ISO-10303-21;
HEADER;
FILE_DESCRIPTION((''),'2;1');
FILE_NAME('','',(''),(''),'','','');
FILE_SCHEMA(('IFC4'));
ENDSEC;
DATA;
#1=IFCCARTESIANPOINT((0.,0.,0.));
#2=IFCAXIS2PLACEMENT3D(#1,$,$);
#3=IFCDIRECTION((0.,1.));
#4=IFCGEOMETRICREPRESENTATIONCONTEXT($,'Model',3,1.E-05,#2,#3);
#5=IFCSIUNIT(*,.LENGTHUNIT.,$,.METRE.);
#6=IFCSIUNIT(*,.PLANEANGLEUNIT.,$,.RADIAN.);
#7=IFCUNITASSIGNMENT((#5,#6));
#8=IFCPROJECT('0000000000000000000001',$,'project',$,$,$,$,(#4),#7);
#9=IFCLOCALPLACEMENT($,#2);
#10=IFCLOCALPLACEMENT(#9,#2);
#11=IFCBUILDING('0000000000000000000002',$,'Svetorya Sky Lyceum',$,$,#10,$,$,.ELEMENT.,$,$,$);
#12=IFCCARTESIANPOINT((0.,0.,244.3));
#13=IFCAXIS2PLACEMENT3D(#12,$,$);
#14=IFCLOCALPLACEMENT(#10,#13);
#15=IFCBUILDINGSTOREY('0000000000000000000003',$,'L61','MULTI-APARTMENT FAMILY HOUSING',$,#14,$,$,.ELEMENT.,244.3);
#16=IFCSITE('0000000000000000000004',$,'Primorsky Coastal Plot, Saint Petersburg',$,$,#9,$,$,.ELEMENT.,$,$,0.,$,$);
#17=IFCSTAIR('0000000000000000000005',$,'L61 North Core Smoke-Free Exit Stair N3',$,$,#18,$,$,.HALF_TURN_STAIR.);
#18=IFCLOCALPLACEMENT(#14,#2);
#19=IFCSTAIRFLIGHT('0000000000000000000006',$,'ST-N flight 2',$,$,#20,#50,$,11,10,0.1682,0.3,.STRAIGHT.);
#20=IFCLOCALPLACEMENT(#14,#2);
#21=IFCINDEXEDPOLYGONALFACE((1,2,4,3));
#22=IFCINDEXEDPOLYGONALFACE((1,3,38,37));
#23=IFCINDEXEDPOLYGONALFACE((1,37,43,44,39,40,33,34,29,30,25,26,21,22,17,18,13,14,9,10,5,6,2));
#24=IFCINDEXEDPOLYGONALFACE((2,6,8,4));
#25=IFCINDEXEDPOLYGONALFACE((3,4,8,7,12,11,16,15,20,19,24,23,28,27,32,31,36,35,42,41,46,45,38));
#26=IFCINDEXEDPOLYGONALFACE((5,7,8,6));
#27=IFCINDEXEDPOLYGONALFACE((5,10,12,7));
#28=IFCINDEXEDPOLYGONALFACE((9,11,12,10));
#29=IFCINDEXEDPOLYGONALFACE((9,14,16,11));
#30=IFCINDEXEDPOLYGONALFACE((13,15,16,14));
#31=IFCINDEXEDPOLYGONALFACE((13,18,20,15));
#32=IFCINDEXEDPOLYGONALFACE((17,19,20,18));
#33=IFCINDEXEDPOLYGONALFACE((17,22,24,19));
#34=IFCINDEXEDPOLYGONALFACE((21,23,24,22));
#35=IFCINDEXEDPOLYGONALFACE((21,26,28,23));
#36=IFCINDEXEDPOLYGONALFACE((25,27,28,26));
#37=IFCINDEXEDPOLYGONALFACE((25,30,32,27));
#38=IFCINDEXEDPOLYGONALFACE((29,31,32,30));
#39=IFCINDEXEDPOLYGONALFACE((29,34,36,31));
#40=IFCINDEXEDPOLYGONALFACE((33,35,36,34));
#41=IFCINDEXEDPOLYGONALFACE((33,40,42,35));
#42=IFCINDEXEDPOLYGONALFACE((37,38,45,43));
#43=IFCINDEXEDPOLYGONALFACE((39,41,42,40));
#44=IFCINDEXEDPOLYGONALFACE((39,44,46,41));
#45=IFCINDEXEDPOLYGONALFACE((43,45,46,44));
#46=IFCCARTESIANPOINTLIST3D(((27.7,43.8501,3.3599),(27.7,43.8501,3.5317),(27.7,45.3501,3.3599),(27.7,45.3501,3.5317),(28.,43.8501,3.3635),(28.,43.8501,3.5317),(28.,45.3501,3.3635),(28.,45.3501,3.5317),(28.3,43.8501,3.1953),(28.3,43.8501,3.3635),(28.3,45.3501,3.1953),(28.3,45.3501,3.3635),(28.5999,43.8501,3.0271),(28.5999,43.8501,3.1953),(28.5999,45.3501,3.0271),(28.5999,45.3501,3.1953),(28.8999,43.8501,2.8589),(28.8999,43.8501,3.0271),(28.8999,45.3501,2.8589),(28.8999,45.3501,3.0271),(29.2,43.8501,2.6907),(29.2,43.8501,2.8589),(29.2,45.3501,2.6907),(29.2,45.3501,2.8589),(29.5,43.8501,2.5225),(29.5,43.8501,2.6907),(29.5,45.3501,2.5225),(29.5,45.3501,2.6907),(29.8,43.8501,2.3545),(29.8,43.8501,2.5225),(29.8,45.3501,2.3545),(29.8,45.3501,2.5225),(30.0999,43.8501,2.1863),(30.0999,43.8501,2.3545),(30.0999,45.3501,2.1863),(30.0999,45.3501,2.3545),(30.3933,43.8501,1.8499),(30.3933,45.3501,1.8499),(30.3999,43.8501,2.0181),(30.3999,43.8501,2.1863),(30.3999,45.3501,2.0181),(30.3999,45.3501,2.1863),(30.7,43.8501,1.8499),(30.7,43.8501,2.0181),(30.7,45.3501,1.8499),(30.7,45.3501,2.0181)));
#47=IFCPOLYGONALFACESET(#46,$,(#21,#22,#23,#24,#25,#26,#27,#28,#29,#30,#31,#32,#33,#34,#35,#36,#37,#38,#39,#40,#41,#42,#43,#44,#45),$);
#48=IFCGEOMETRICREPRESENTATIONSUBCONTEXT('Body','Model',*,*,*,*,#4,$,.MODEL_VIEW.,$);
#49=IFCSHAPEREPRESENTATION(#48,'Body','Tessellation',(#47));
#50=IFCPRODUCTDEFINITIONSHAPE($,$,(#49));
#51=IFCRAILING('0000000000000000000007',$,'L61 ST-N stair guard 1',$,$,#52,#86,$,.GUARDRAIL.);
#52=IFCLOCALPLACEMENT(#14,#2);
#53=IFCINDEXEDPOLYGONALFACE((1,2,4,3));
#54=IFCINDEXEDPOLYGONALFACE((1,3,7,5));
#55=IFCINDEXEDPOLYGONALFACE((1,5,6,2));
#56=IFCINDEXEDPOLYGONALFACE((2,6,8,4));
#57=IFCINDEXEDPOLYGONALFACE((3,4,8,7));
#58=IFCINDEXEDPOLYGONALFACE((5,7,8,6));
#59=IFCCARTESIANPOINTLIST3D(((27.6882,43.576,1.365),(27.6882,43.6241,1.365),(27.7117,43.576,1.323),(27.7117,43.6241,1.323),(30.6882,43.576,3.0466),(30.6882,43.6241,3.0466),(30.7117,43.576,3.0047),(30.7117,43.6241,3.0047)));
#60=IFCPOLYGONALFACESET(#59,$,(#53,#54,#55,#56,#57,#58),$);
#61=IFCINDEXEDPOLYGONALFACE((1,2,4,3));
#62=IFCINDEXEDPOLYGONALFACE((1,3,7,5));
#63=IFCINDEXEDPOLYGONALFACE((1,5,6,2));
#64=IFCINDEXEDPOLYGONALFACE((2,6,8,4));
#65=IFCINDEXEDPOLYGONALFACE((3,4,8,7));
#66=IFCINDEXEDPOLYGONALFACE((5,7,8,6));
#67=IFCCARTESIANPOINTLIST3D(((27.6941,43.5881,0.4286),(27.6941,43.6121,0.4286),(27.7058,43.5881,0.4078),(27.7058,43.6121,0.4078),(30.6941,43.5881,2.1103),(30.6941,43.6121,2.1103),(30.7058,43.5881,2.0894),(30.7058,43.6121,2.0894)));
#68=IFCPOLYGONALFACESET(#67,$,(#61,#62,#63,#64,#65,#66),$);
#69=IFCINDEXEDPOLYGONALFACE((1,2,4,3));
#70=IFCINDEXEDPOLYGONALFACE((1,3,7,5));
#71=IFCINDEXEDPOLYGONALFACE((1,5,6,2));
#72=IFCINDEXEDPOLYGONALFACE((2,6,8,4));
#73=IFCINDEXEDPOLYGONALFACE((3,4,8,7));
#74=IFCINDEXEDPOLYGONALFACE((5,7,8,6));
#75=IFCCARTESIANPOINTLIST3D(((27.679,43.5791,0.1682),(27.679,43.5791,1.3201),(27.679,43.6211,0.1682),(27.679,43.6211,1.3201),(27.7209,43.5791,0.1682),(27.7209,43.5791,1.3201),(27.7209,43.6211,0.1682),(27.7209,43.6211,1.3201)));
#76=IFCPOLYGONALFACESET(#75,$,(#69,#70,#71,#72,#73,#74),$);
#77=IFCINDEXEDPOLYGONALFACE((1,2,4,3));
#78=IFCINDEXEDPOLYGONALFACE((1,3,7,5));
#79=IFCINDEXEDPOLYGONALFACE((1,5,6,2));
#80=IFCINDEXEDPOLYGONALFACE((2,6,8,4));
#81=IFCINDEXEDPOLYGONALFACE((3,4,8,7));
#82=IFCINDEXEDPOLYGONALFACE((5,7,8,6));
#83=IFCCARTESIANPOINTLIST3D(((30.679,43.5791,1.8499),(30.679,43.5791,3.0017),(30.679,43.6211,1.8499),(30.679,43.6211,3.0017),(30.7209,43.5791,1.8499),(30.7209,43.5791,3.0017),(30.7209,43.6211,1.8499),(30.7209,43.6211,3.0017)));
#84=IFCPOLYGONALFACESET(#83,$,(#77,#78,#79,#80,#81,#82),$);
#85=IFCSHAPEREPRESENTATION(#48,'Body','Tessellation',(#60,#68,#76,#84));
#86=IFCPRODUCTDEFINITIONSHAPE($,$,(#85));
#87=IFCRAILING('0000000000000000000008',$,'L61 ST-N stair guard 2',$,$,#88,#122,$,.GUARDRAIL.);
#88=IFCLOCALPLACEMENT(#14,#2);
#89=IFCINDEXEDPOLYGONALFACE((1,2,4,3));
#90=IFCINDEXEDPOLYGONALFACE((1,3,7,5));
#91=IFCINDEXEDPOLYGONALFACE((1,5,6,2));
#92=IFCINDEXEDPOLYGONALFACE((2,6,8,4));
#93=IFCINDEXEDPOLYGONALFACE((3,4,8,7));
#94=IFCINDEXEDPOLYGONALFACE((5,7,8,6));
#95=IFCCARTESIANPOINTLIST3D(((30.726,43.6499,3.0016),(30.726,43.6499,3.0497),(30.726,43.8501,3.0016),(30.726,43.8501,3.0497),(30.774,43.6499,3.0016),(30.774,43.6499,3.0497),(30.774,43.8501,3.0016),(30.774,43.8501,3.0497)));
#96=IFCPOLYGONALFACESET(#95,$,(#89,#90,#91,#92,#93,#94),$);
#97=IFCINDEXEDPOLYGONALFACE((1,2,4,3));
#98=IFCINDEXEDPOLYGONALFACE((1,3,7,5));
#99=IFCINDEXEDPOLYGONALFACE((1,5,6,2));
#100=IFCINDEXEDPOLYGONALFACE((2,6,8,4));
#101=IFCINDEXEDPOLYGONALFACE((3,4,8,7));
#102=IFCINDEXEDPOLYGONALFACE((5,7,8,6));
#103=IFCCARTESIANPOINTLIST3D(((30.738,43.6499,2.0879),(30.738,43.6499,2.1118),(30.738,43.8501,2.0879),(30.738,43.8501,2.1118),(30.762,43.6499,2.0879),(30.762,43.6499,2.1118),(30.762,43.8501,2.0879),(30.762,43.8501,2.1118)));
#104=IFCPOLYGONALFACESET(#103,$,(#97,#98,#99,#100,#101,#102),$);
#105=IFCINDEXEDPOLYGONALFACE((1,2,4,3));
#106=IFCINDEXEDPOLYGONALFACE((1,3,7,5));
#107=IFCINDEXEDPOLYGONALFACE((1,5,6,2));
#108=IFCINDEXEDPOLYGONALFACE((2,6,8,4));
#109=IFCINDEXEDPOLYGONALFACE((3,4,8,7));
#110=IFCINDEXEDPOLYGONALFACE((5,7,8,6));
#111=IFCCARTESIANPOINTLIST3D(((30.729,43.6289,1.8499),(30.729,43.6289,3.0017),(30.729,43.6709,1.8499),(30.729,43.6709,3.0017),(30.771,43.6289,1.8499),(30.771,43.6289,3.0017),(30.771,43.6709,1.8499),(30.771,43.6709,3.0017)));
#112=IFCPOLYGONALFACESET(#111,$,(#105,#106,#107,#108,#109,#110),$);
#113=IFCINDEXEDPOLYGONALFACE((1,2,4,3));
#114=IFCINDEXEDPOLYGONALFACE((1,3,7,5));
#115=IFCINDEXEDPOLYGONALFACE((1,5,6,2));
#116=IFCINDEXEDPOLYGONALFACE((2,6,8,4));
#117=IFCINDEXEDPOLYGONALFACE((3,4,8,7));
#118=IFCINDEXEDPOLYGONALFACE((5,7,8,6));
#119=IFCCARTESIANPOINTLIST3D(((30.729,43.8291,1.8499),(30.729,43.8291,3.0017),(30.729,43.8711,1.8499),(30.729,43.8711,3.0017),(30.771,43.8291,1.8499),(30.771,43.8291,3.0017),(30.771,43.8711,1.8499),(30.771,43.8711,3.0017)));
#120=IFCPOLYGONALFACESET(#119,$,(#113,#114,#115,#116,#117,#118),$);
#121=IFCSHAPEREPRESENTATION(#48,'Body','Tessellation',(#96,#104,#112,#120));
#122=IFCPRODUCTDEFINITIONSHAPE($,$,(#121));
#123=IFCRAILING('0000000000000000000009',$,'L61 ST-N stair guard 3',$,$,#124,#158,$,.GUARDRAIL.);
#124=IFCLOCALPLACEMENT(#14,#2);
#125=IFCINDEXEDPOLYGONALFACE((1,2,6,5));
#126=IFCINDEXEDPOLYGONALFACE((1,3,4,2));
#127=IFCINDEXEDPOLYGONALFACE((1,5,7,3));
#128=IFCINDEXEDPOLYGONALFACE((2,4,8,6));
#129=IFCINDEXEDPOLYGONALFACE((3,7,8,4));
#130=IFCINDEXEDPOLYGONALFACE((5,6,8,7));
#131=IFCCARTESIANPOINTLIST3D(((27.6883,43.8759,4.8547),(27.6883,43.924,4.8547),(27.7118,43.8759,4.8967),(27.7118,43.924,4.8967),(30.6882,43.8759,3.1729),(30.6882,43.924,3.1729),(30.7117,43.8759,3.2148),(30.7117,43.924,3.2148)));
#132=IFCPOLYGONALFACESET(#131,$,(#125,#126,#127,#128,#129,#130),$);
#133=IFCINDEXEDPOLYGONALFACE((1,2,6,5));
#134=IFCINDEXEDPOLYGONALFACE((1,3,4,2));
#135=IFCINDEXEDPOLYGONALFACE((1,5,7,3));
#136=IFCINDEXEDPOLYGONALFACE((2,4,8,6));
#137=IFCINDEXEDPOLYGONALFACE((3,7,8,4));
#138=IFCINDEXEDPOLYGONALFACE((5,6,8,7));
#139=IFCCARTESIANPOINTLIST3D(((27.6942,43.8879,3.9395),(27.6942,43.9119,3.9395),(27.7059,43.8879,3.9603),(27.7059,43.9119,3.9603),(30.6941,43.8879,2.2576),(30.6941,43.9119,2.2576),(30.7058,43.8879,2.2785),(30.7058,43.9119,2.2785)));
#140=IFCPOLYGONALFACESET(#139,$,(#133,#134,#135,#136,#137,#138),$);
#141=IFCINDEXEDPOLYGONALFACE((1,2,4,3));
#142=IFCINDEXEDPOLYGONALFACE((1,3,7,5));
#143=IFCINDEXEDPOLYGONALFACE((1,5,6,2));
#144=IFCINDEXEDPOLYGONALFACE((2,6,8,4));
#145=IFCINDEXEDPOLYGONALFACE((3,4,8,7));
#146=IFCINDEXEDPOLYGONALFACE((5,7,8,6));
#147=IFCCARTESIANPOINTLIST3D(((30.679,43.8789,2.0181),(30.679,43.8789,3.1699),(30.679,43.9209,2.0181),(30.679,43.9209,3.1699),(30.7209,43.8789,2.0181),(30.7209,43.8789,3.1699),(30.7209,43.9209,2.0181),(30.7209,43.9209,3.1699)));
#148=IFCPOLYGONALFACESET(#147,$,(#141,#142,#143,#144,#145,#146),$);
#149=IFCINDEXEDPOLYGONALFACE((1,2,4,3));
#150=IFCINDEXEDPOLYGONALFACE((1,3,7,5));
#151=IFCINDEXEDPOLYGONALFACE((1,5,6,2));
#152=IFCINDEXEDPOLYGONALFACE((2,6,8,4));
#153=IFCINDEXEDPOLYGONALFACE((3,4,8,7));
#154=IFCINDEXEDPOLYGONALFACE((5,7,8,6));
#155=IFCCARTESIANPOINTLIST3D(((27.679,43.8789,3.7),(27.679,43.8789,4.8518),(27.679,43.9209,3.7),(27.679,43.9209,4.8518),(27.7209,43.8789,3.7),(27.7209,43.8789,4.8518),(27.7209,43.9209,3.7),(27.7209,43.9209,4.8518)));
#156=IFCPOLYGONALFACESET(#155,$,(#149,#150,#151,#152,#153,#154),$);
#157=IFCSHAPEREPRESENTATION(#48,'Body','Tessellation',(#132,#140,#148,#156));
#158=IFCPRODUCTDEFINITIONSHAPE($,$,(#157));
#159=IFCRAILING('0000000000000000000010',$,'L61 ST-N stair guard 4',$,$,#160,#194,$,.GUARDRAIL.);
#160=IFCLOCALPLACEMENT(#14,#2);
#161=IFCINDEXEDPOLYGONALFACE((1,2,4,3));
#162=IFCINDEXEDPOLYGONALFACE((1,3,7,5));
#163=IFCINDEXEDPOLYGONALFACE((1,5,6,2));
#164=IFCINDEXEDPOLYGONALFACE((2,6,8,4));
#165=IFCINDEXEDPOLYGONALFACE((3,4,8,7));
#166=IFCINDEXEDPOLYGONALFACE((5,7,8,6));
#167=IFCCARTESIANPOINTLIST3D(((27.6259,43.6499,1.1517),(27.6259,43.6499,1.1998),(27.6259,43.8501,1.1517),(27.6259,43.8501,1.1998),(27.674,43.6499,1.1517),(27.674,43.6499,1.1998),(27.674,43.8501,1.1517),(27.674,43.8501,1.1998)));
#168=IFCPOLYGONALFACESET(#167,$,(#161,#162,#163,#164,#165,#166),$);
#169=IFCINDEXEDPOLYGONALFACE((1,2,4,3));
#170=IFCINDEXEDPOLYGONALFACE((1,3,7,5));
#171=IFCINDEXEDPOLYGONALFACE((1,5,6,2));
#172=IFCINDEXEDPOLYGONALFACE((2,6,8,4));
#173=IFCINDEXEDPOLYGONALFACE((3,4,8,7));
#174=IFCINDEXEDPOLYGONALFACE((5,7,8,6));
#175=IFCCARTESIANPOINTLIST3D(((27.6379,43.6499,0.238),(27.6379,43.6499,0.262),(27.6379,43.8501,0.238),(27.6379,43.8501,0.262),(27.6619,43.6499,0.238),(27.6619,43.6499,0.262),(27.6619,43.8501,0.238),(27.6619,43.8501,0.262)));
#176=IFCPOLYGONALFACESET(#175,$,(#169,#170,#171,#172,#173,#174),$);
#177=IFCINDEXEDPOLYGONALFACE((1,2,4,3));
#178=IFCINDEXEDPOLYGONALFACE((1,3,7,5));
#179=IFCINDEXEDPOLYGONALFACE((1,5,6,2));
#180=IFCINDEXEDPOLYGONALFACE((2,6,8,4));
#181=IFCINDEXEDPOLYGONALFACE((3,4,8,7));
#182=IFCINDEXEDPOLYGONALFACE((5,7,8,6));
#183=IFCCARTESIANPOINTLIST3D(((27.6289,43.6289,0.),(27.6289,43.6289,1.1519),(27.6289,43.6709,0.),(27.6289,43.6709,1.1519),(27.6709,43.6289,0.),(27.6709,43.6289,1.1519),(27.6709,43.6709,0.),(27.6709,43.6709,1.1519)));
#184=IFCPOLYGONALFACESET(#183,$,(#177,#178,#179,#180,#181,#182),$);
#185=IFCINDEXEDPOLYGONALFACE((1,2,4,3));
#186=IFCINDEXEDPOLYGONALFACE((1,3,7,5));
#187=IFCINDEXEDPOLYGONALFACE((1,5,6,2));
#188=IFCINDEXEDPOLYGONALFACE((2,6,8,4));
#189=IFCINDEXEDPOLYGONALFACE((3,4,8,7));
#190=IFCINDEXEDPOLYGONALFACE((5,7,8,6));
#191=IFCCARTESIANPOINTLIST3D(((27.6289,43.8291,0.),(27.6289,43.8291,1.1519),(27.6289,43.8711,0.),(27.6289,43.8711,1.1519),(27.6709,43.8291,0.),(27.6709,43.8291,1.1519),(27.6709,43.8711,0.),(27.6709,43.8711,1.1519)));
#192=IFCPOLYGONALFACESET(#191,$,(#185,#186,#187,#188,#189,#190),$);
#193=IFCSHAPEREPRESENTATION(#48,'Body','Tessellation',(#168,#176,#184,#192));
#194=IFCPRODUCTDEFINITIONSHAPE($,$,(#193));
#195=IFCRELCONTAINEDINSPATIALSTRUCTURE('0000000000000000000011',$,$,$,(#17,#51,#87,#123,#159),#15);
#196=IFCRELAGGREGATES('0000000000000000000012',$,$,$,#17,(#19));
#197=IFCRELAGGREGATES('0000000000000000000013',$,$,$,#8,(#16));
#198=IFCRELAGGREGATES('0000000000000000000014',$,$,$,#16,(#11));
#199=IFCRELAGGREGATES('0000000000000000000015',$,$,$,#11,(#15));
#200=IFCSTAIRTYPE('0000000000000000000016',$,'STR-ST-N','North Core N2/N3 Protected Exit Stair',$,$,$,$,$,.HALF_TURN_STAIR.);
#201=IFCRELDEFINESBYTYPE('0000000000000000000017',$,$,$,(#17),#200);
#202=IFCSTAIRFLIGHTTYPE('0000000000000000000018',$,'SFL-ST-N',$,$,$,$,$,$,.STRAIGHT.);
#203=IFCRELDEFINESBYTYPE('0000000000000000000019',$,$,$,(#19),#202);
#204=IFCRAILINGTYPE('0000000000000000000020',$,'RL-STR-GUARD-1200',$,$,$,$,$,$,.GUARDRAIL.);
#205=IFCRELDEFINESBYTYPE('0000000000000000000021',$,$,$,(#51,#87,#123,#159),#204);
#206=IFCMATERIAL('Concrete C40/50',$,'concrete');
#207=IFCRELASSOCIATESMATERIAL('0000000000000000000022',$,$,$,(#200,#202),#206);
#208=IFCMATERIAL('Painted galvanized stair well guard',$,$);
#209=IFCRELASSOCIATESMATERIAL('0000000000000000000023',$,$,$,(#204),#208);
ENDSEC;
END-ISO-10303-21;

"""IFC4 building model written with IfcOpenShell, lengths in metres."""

from ifc_helpers import new_model, si_unit, direction, frame, origin, origin_2d, place, context, subcontext, project, spatial, polyline, rectangle, outline, extrude, material, type_object, element, aggregate, save


model = new_model("IFC4")

# Units and contexts
model_context = context("Model", 3, precision=1e-05, world=origin(), true_north=direction((0.0, 1.0)))
body_context = subcontext(model_context, "Body", "Model", "MODEL_VIEW")
ifc_project = project(units=[si_unit("LENGTHUNIT", "METRE"), si_unit("PLANEANGLEUNIT", "RADIAN")], contexts=[model_context])

# Site, building, storey
site_placement = place(None, origin())
site = spatial("IfcSite", under=ifc_project, at=site_placement, Name="Primorsky Coastal Plot, Saint Petersburg", CompositionType="ELEMENT", RefElevation=0.0)
building_placement = place(site_placement, origin())
building = spatial("IfcBuilding", under=site, at=building_placement, Name="Svetorya Sky Lyceum", CompositionType="ELEMENT")
storey_placement = place(building_placement, frame((0.0, 0.0, 244.3)))
storey = spatial("IfcBuildingStorey", under=building, at=storey_placement, Name="L61", Description="MULTI-APARTMENT FAMILY HOUSING", CompositionType="ELEMENT", Elevation=244.3)

# Stair, stair flight
ifc_material_1 = material(Name="Concrete C40/50", Category="concrete")
stair_type = type_object("IfcStairType", Name="STR-ST-N", Description="North Core N2/N3 Protected Exit Stair", PredefinedType="HALF_TURN_STAIR", material=ifc_material_1)
stair_placement = place(storey_placement, origin())
stair = element("IfcStair", 1, at=stair_placement, inside=storey, type_object=stair_type, Name="L61 North Core Smoke-Free Exit Stair N3", PredefinedType="HALF_TURN_STAIR")
stair_flight_type = type_object("IfcStairFlightType", Name="SFL-ST-N", PredefinedType="STRAIGHT", material=ifc_material_1)
stair_flight_1_placement = place(storey_placement, frame((30.7, 44.6001, 1.8499), z_axis=(0.0, 0.0, 1.0), x_axis=(-1.0, 0.0, 0.0)))
stair_flight_1 = element("IfcStairFlight", 2, at=stair_flight_1_placement, type_object=stair_flight_type, Name="ST-N flight 2", NumberOfRisers=11, NumberOfTreads=10, PredefinedType="STRAIGHT", RiserHeight=0.1682, TreadLength=0.3, context=body_context, shape_type="SweptSolid", body=[
    extrude(outline(polyline([(0.0, 0.0), (0.0, 0.1682), (0.3, 0.1682), (0.3, 0.3364), (0.6001, 0.3364), (0.6001, 0.5046), (0.8999, 0.5046), (0.8999, 0.6726), (1.2, 0.6726), (1.2, 0.8408), (1.5, 0.8408), (1.5, 1.009), (1.8, 1.009), (1.8, 1.1772), (2.1001, 1.1772), (2.1001, 1.3455), (2.3999, 1.3455), (2.3999, 1.5137), (2.7, 1.5137), (2.7, 1.6819), (3.0, 1.6819), (3.0, 1.8501), (3.0, 1.51), (0.3066, 0.0), (0.0, 0.0)])), frame((0.0, 0.75, 0.0), z_axis=(0.0, -1.0, 0.0), x_axis=(1.0, 0.0, 0.0)), (0.0, 0.0, 1.0), 1.5),
])
aggregate(stair, [stair_flight_1])

# Railings
ifc_material_2 = material(Name="Painted galvanized stair well guard")
railing_type_1 = type_object("IfcRailingType", Name="RL-STR-GUARD-1200", PredefinedType="GUARDRAIL", material=ifc_material_2)
railing_1_placement = place(storey_placement, frame((27.7, 43.6001, 0.1682)))
element("IfcRailing", 3, at=railing_1_placement, inside=storey, type_object=railing_type_1, Name="L61 ST-N stair guard 1", PredefinedType="GUARDRAIL", context=body_context, shape_type="SweptSolid", body=[
    extrude(rectangle(XDim=0.0481, YDim=0.0481, at=origin_2d()), frame((0.0, 0.0, 1.1758), z_axis=(0.872303, 0.0, 0.488966), x_axis=(0.0, 1.0, 0.0)), (0.0, 0.0, 1.0), 3.4392),
    extrude(rectangle(XDim=0.0239, YDim=0.0239, at=origin_2d()), frame((0.0, 0.0, 0.25), z_axis=(0.872303, 0.0, 0.488966), x_axis=(0.0, 1.0, 0.0)), (0.0, 0.0, 1.0), 3.4392),
    extrude(rectangle(XDim=0.042, YDim=0.042, at=origin_2d()), origin(), (0.0, 0.0, 1.0), 1.1519),
    extrude(rectangle(XDim=0.042, YDim=0.042, at=origin_2d()), frame((3.0, 0.0, 1.6816)), (0.0, 0.0, 1.0), 1.1519),
])
railing_2_placement = place(storey_placement, frame((30.75, 43.6499, 1.8499)))
element("IfcRailing", 4, at=railing_2_placement, inside=storey, type_object=railing_type_1, Name="L61 ST-N stair guard 2", PredefinedType="GUARDRAIL", context=body_context, shape_type="SweptSolid", body=[
    extrude(rectangle(XDim=0.0481, YDim=0.0481, at=origin_2d()), frame((0.0, 0.0, 1.1758), z_axis=(0.0, 1.0, 0.0), x_axis=(-1.0, 0.0, 0.0)), (0.0, 0.0, 1.0), 0.2002),
    extrude(rectangle(XDim=0.0239, YDim=0.0239, at=origin_2d()), frame((0.0, 0.0, 0.25), z_axis=(0.0, 1.0, 0.0), x_axis=(-1.0, 0.0, 0.0)), (0.0, 0.0, 1.0), 0.2002),
    extrude(rectangle(XDim=0.042, YDim=0.042, at=origin_2d()), origin(), (0.0, 0.0, 1.0), 1.1519),
    extrude(rectangle(XDim=0.042, YDim=0.042, at=origin_2d()), frame((0.0, 0.2002, 0.0)), (0.0, 0.0, 1.0), 1.1519),
])
railing_3_placement = place(storey_placement, frame((30.7, 43.8999, 2.0181)))
element("IfcRailing", 5, at=railing_3_placement, inside=storey, type_object=railing_type_1, Name="L61 ST-N stair guard 3", PredefinedType="GUARDRAIL", context=body_context, shape_type="SweptSolid", body=[
    extrude(rectangle(XDim=0.0481, YDim=0.0481, at=origin_2d()), frame((0.0, 0.0, 1.1758), z_axis=(-0.872272, 0.0, 0.48902), x_axis=(0.0, -1.0, 0.0)), (0.0, 0.0, 1.0), 3.4392),
    extrude(rectangle(XDim=0.0239, YDim=0.0239, at=origin_2d()), frame((0.0, 0.0, 0.25), z_axis=(-0.872272, 0.0, 0.48902), x_axis=(0.0, -1.0, 0.0)), (0.0, 0.0, 1.0), 3.4392),
    extrude(rectangle(XDim=0.042, YDim=0.042, at=origin_2d()), origin(), (0.0, 0.0, 1.0), 1.1519),
    extrude(rectangle(XDim=0.042, YDim=0.042, at=origin_2d()), frame((-3.0, 0.0, 1.6819)), (0.0, 0.0, 1.0), 1.1519),
])
railing_4_placement = place(storey_placement, frame((27.6499, 43.6499, 0.0)))
element("IfcRailing", 6, at=railing_4_placement, inside=storey, type_object=railing_type_1, Name="L61 ST-N stair guard 4", PredefinedType="GUARDRAIL", context=body_context, shape_type="SweptSolid", body=[
    extrude(rectangle(XDim=0.0481, YDim=0.0481, at=origin_2d()), frame((0.0, 0.0, 1.1758), z_axis=(0.0, 1.0, 0.0), x_axis=(-1.0, 0.0, 0.0)), (0.0, 0.0, 1.0), 0.2002),
    extrude(rectangle(XDim=0.0239, YDim=0.0239, at=origin_2d()), frame((0.0, 0.0, 0.25), z_axis=(0.0, 1.0, 0.0), x_axis=(-1.0, 0.0, 0.0)), (0.0, 0.0, 1.0), 0.2002),
    extrude(rectangle(XDim=0.042, YDim=0.042, at=origin_2d()), origin(), (0.0, 0.0, 1.0), 1.1519),
    extrude(rectangle(XDim=0.042, YDim=0.042, at=origin_2d()), frame((0.0, 0.2002, 0.0)), (0.0, 0.0, 1.0), 1.1519),
])

save(model, "model.ifc")
